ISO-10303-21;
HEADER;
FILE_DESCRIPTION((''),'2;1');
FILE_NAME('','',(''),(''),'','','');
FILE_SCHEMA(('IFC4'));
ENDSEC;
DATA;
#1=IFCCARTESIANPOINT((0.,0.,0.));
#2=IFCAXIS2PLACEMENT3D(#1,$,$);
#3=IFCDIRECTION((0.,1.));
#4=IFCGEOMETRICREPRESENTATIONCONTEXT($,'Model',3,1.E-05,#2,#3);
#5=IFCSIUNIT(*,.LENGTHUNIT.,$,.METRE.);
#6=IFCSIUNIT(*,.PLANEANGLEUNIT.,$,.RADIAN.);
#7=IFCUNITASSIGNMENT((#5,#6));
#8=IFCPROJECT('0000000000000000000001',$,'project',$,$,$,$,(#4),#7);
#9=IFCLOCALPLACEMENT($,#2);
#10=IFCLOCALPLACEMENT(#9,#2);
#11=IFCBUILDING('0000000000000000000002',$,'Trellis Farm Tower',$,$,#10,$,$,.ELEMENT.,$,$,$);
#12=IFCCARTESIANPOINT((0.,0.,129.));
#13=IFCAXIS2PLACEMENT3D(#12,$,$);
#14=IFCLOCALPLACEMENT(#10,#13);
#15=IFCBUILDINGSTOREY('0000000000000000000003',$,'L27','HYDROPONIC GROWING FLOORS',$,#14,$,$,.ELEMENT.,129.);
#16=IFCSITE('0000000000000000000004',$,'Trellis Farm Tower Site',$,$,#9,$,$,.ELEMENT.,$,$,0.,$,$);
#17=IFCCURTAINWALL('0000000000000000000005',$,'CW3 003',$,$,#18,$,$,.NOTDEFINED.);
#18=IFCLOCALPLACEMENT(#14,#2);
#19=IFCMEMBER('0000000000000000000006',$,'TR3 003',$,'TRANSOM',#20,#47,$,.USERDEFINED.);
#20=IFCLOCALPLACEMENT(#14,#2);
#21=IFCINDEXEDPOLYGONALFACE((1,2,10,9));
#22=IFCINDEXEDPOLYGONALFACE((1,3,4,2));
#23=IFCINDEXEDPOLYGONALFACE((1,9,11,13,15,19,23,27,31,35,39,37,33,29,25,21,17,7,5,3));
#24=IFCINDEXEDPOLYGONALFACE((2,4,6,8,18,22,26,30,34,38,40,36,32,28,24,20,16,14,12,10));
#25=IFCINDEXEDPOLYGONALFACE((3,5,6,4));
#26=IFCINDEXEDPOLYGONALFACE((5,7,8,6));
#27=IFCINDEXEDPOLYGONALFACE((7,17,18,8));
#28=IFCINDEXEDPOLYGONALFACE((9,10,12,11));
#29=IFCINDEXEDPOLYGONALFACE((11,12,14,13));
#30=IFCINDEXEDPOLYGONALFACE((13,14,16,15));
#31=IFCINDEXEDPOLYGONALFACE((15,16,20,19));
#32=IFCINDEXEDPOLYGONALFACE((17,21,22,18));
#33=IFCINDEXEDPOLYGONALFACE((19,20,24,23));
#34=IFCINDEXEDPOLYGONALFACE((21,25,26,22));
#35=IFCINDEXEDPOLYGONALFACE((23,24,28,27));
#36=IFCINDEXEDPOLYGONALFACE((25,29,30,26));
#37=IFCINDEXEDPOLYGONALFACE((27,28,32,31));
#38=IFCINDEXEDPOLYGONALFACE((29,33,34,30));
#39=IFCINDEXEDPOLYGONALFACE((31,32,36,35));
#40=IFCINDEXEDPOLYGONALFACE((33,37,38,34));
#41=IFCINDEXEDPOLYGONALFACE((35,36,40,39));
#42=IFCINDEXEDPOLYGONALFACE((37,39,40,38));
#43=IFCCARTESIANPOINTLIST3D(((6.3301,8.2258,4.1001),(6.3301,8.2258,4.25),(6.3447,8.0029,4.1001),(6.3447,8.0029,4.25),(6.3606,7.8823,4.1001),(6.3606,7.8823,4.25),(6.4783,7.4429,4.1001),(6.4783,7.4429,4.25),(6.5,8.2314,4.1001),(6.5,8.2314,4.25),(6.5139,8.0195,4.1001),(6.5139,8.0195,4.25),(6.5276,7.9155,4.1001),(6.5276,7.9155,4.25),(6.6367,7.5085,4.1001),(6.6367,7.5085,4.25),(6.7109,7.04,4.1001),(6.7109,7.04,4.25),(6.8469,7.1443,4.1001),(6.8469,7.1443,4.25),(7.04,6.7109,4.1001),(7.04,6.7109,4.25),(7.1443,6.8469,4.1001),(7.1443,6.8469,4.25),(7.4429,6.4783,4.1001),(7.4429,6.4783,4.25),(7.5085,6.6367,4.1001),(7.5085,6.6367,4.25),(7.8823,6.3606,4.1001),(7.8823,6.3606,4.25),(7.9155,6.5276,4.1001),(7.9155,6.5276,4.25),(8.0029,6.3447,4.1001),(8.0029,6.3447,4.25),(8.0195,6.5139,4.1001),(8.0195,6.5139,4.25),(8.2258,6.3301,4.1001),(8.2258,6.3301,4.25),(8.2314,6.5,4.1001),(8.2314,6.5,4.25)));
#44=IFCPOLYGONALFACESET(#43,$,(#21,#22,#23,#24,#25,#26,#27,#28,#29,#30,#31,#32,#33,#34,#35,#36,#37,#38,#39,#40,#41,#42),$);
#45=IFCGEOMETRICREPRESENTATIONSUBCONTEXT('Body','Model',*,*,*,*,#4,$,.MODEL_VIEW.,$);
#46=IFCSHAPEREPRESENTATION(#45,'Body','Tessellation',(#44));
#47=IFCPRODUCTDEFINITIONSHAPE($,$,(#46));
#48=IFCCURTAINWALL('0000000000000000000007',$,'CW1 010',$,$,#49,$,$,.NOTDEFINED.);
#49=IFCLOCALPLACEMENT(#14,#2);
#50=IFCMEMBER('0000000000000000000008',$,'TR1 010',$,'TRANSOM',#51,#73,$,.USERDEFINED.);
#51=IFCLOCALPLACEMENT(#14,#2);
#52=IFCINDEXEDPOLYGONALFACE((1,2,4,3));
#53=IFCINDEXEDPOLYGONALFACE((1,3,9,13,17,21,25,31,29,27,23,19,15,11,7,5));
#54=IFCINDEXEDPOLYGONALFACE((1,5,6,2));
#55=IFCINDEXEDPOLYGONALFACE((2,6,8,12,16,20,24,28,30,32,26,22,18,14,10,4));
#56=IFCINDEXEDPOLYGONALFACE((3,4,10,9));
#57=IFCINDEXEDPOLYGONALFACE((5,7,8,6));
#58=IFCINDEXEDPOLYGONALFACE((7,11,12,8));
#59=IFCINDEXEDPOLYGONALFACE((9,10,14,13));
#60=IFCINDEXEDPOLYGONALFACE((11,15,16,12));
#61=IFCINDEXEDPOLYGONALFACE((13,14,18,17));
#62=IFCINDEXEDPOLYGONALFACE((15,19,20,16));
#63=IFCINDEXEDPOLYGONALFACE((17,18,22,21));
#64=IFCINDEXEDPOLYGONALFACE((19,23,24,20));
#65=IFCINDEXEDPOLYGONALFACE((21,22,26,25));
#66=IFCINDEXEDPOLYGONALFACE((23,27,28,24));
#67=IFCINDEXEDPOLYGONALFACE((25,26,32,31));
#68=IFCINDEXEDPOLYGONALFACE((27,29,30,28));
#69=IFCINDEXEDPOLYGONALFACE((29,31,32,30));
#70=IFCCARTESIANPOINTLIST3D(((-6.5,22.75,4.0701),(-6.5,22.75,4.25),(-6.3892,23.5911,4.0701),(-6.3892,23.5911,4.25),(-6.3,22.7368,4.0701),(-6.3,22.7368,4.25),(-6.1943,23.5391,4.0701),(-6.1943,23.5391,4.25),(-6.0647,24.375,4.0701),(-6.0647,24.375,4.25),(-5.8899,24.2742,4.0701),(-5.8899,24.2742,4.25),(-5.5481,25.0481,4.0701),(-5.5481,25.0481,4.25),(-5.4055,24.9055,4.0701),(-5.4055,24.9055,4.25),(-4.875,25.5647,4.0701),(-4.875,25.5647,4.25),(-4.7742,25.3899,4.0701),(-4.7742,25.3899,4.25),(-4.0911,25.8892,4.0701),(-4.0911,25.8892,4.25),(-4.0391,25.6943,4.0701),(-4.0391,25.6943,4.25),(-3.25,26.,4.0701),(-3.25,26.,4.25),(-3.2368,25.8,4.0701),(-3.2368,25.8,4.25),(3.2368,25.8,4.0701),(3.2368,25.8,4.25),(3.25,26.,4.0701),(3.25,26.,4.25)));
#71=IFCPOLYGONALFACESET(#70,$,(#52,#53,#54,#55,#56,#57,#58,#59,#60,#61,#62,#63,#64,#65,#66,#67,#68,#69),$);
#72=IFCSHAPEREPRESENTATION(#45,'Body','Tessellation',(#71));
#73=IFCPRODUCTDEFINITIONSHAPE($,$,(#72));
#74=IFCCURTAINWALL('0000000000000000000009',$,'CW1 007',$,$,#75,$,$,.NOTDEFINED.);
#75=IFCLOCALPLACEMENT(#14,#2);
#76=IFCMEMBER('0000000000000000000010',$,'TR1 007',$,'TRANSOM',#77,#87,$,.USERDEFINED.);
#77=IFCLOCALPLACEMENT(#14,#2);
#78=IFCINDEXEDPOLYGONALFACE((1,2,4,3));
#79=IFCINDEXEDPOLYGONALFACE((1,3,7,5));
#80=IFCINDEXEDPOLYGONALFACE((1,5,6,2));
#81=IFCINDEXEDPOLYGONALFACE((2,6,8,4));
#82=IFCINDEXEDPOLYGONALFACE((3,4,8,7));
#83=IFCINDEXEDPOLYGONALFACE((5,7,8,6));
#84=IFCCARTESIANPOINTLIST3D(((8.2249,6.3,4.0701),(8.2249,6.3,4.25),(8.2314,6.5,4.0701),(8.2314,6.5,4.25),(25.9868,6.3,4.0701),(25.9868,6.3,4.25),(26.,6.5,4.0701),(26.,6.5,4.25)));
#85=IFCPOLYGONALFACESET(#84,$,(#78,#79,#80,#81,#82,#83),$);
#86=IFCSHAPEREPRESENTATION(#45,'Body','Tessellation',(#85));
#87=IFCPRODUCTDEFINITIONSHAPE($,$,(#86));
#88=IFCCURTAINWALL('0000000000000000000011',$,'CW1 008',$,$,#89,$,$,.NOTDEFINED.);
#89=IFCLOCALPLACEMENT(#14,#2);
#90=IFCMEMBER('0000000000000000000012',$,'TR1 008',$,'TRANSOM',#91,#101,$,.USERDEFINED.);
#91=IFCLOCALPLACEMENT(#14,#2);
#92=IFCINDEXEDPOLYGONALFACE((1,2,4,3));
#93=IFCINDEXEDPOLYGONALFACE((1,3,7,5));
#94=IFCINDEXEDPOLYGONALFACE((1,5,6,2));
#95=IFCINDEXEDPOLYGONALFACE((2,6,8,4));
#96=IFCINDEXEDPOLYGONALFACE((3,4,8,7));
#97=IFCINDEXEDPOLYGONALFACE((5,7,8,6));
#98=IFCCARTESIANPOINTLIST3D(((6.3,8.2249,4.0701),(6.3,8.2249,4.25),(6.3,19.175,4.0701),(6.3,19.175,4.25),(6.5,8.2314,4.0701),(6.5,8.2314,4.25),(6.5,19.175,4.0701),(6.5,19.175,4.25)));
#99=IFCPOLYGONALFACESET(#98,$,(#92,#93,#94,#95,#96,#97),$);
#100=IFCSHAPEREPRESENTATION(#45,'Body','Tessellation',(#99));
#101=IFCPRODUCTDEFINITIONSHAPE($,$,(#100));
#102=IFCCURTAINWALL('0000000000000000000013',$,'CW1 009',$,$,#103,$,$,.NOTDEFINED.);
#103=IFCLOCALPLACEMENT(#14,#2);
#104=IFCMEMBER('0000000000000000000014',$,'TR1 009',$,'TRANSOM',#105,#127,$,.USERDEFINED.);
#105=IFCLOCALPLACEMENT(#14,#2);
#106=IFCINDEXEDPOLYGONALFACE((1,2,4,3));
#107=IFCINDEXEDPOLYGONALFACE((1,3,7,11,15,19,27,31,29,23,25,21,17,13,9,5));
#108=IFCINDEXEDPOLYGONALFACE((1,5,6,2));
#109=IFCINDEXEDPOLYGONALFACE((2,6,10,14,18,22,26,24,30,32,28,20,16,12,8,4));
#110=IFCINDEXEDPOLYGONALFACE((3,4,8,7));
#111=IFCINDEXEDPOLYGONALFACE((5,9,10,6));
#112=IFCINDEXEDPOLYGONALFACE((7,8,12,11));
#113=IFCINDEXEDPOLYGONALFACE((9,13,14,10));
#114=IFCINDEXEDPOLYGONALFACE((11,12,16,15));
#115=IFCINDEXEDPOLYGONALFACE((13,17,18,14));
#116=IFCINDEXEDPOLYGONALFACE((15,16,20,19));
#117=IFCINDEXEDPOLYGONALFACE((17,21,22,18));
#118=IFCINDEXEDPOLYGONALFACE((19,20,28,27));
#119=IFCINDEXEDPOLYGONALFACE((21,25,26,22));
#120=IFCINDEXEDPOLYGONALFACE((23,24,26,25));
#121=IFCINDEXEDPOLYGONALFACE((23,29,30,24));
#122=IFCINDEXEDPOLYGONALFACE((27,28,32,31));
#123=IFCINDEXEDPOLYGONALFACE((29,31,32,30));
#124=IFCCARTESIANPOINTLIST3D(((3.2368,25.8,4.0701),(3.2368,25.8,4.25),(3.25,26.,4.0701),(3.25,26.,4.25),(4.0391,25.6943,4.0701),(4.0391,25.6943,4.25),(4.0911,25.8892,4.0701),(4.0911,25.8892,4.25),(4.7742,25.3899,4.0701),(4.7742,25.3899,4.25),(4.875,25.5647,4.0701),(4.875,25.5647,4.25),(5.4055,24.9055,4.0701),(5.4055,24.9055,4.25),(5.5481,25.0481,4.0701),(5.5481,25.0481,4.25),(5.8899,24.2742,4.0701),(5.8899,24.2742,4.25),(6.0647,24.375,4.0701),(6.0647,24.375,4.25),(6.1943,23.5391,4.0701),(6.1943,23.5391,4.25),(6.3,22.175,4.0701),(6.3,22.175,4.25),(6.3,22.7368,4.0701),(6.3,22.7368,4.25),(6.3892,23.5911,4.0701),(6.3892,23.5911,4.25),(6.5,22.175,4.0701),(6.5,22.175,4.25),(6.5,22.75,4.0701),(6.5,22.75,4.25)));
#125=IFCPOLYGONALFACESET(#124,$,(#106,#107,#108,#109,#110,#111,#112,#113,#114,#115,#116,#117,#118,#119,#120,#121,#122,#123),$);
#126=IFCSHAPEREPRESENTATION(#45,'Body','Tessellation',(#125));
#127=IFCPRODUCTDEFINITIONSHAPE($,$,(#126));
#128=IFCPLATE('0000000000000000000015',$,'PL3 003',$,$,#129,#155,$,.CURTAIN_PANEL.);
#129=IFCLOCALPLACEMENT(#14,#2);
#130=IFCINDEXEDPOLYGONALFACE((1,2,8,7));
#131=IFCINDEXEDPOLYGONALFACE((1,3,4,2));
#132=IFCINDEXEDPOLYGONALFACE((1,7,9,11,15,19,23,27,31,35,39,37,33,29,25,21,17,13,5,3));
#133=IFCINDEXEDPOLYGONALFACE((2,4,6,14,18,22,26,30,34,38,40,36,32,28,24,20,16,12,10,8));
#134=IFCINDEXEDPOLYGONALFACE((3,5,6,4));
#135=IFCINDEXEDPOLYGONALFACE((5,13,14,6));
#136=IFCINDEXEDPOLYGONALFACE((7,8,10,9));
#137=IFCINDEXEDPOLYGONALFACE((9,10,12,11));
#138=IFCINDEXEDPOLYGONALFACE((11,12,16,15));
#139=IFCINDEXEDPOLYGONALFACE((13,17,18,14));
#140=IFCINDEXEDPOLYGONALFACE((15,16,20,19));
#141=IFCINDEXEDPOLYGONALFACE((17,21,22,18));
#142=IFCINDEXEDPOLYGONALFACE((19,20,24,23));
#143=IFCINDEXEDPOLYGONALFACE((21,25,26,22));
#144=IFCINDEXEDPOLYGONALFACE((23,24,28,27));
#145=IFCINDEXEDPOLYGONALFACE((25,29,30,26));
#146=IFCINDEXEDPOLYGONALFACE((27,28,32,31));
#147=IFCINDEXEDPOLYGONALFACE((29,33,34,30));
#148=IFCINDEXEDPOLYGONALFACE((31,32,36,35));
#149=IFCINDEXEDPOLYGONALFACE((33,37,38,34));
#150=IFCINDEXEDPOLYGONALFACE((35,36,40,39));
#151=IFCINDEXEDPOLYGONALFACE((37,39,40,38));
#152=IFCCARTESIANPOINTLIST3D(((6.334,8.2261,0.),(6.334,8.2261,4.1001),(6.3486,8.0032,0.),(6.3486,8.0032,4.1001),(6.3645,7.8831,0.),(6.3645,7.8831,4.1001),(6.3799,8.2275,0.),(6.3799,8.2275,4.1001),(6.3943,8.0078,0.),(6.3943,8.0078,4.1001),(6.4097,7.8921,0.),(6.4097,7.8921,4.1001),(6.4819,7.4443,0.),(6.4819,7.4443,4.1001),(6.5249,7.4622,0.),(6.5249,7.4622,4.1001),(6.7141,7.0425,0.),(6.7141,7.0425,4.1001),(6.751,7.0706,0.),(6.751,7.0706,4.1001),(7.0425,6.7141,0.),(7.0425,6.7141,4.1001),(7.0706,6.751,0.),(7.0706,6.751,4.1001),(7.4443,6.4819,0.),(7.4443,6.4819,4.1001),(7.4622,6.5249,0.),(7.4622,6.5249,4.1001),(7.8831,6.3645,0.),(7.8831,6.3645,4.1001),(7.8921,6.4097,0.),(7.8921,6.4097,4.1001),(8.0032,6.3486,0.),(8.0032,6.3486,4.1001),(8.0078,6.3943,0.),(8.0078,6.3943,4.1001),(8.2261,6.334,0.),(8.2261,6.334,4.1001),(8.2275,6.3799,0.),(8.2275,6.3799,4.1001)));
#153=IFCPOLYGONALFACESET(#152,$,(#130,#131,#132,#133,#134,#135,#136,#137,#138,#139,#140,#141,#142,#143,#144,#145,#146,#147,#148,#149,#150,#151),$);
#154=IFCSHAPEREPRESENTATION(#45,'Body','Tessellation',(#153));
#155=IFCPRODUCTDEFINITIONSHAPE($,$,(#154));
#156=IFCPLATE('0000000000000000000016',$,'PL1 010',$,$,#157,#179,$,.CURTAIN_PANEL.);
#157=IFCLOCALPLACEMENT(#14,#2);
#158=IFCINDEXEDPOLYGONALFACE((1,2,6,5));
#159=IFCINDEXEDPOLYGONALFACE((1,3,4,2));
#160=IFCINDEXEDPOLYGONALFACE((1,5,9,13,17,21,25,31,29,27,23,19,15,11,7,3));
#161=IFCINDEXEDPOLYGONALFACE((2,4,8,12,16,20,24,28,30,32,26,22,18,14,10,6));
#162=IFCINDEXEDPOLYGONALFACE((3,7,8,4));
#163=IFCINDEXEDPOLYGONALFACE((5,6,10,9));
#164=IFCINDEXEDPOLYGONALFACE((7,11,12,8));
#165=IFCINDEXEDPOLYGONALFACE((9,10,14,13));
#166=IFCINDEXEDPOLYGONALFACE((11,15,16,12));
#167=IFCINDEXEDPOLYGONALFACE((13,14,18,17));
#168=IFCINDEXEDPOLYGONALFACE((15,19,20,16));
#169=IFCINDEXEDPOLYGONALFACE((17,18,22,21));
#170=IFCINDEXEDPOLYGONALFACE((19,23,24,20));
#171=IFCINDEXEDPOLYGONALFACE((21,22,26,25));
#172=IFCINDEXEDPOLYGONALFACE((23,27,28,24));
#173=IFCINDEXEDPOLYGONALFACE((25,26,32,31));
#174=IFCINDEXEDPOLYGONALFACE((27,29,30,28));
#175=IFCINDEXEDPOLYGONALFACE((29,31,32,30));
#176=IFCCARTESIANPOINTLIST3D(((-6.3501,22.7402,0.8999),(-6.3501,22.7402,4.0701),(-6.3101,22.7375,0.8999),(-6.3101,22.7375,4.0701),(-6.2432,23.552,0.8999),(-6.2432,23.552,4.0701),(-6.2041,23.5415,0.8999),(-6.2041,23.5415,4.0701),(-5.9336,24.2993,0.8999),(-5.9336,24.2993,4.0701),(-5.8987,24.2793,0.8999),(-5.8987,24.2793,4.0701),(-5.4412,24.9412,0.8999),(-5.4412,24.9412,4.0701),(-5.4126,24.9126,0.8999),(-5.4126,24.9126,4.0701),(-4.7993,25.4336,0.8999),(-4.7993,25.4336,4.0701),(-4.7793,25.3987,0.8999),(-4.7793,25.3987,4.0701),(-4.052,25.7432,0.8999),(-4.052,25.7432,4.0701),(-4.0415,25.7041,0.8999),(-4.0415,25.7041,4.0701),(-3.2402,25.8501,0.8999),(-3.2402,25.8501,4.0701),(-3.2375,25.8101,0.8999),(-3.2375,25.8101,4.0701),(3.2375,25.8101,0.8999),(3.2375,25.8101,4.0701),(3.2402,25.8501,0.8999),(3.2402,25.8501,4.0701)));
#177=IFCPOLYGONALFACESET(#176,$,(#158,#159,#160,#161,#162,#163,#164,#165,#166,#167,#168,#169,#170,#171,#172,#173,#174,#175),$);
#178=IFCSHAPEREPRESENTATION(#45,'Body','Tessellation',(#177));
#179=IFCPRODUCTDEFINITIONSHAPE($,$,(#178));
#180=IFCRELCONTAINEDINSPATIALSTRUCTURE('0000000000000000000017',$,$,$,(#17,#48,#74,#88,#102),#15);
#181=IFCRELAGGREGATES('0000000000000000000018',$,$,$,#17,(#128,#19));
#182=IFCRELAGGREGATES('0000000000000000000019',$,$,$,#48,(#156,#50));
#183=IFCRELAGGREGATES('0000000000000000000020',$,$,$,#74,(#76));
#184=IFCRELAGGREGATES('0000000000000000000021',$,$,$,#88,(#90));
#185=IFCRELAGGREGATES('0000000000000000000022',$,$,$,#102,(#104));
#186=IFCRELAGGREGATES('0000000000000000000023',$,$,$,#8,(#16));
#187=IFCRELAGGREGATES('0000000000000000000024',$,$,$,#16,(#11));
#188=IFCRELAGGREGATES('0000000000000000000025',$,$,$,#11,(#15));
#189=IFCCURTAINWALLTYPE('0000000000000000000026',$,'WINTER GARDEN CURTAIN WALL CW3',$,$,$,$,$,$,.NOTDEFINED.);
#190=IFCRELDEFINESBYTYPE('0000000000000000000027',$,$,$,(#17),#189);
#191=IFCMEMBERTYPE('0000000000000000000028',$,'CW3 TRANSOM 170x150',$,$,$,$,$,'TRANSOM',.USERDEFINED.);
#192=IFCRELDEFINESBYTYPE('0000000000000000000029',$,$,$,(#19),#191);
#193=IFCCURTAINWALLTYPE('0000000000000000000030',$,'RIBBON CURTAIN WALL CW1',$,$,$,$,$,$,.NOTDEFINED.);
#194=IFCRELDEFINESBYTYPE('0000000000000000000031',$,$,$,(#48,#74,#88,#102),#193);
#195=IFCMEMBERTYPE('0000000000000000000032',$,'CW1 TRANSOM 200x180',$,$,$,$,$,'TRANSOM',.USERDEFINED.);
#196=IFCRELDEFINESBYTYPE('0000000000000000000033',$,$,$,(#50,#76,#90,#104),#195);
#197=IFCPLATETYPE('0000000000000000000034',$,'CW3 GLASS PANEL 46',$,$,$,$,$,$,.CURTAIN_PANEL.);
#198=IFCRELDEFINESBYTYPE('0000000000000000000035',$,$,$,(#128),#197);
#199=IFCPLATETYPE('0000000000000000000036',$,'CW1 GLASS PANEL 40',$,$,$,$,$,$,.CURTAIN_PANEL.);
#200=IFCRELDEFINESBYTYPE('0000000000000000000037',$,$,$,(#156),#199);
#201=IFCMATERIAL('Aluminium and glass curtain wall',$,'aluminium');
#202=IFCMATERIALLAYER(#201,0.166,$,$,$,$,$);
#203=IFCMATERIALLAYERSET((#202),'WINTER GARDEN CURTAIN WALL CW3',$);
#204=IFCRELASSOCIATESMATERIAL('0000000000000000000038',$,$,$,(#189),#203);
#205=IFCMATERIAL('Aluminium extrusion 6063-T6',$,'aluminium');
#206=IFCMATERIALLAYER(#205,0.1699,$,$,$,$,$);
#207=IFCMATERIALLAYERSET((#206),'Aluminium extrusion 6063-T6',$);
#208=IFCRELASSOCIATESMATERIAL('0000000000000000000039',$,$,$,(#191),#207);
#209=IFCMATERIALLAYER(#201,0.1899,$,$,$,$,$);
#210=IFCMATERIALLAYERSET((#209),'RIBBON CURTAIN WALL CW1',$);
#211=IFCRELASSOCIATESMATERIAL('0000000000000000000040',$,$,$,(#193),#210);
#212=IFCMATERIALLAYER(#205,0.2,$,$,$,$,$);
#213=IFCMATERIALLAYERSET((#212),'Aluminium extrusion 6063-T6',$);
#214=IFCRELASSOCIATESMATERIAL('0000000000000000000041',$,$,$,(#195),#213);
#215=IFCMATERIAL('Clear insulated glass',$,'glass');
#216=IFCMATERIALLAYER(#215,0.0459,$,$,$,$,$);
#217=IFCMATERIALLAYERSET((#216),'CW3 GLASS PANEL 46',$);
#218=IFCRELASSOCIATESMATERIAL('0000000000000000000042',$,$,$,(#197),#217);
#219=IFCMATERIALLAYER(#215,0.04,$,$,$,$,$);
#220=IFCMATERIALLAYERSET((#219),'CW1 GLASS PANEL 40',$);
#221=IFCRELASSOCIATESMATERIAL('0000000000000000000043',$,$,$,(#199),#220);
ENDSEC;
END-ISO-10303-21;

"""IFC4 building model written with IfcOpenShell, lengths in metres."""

from ifc_helpers import new_model, si_unit, direction, frame, origin, place, context, subcontext, project, spatial, polyline, outline, extrude, source, transform, mapped, material, layer, layer_set, type_object, element, aggregate, save


model = new_model("IFC4")

# Units and contexts
model_context = context("Model", 3, precision=1e-05, world=origin(), true_north=direction((0.0, 1.0)))
body_context = subcontext(model_context, "Body", "Model", "MODEL_VIEW")
ifc_project = project(units=[si_unit("LENGTHUNIT", "METRE"), si_unit("PLANEANGLEUNIT", "RADIAN")], contexts=[model_context])

# Site, building, storey
site_placement = place(None, origin())
site = spatial("IfcSite", under=ifc_project, at=site_placement, Name="Trellis Farm Tower Site", CompositionType="ELEMENT", RefElevation=0.0)
building_placement = place(site_placement, origin())
building = spatial("IfcBuilding", under=site, at=building_placement, Name="Trellis Farm Tower", CompositionType="ELEMENT")
storey_placement = place(building_placement, frame((0.0, 0.0, 129.0)))
storey = spatial("IfcBuildingStorey", under=building, at=storey_placement, Name="L27", Description="HYDROPONIC GROWING FLOORS", CompositionType="ELEMENT", Elevation=129.0)

# Curtain walls, members
ifc_material_1 = material(Name="Aluminium and glass curtain wall", Category="aluminium")
ifc_layer_1 = layer(ifc_material_1, 0.166)
ifc_layer_set_1 = layer_set([ifc_layer_1], Name="WINTER GARDEN CURTAIN WALL CW3")
curtain_wall_type_1 = type_object("IfcCurtainWallType", Name="WINTER GARDEN CURTAIN WALL CW3", PredefinedType="NOTDEFINED", material=ifc_layer_set_1)
placement_1 = place(storey_placement, origin())
curtain_wall_1 = element("IfcCurtainWall", 1, at=placement_1, inside=storey, type_object=curtain_wall_type_1, Name="CW3 003", PredefinedType="NOTDEFINED")
ifc_material_2 = material(Name="Aluminium extrusion 6063-T6", Category="aluminium")
ifc_layer_2 = layer(ifc_material_2, 0.1699)
ifc_layer_set_2 = layer_set([ifc_layer_2], Name="Aluminium extrusion 6063-T6")
member_type_1 = type_object("IfcMemberType", Name="CW3 TRANSOM 170x150", ElementType="TRANSOM", PredefinedType="USERDEFINED", material=ifc_layer_set_2)
shared_shape_1 = source(origin(), body_context, "Body", "SweptSolid", [
    extrude(outline(polyline([(8.2314, 6.5), (8.0195, 6.5139), (7.9155, 6.5276), (7.5085, 6.6367), (7.1443, 6.8469), (6.8469, 7.1443), (6.6367, 7.5085), (6.5276, 7.9155), (6.5139, 8.0195), (6.5, 8.2314), (6.3301, 8.2258), (6.3447, 8.0029), (6.3606, 7.8823), (6.4783, 7.4429), (6.7109, 7.04), (7.04, 6.7109), (7.4429, 6.4783), (7.8823, 6.3606), (8.0029, 6.3447), (8.2258, 6.3301), (8.2314, 6.5)])), origin(), (0.0, 0.0, 1.0), 0.1499),
])
member_1_placement = place(storey_placement, frame((0.0, 0.0, 4.1001)))
member_1 = element("IfcMember", 2, at=member_1_placement, type_object=member_type_1, Name="TR3 003", ObjectType="TRANSOM", PredefinedType="USERDEFINED", context=body_context, shape_type="MappedRepresentation", body=[
    mapped(shared_shape_1, transform((0.0, 0.0, 0.0))),
])
ifc_layer_3 = layer(ifc_material_1, 0.1899)
ifc_layer_set_3 = layer_set([ifc_layer_3], Name="RIBBON CURTAIN WALL CW1")
curtain_wall_type_2 = type_object("IfcCurtainWallType", Name="RIBBON CURTAIN WALL CW1", PredefinedType="NOTDEFINED", material=ifc_layer_set_3)
curtain_wall_2 = element("IfcCurtainWall", 3, at=placement_1, inside=storey, type_object=curtain_wall_type_2, Name="CW1 010", PredefinedType="NOTDEFINED")
ifc_layer_4 = layer(ifc_material_2, 0.2)
ifc_layer_set_4 = layer_set([ifc_layer_4], Name="Aluminium extrusion 6063-T6")
member_type_2 = type_object("IfcMemberType", Name="CW1 TRANSOM 200x180", ElementType="TRANSOM", PredefinedType="USERDEFINED", material=ifc_layer_set_4)
shared_shape_2 = source(origin(), body_context, "Body", "SweptSolid", [
    extrude(outline(polyline([(3.25, 26.0), (-3.25, 26.0), (-4.0911, 25.8892), (-4.875, 25.5647), (-5.5481, 25.0481), (-6.0647, 24.375), (-6.3892, 23.5911), (-6.5, 22.75), (-6.3, 22.7368), (-6.1943, 23.5391), (-5.8899, 24.2742), (-5.4055, 24.9055), (-4.7742, 25.3899), (-4.0391, 25.6943), (-3.2368, 25.8), (3.2368, 25.8), (3.25, 26.0)])), origin(), (0.0, 0.0, 1.0), 0.1799),
])
placement_2 = place(storey_placement, frame((0.0, 0.0, 4.0701)))
member_2 = element("IfcMember", 4, at=placement_2, type_object=member_type_2, Name="TR1 010", ObjectType="TRANSOM", PredefinedType="USERDEFINED", context=body_context, shape_type="MappedRepresentation", body=[
    mapped(shared_shape_2, transform((0.0, 0.0, 0.0))),
])
curtain_wall_3 = element("IfcCurtainWall", 5, at=placement_1, inside=storey, type_object=curtain_wall_type_2, Name="CW1 007", PredefinedType="NOTDEFINED")
shared_shape_3 = source(origin(), body_context, "Body", "SweptSolid", [
    extrude(outline(polyline([(26.0, 6.5), (8.2314, 6.5), (8.2249, 6.3), (25.9868, 6.3), (26.0, 6.5)])), origin(), (0.0, 0.0, 1.0), 0.1799),
])
member_3 = element("IfcMember", 6, at=placement_2, type_object=member_type_2, Name="TR1 007", ObjectType="TRANSOM", PredefinedType="USERDEFINED", context=body_context, shape_type="MappedRepresentation", body=[
    mapped(shared_shape_3, transform((0.0, 0.0, 0.0))),
])
curtain_wall_4 = element("IfcCurtainWall", 7, at=placement_1, inside=storey, type_object=curtain_wall_type_2, Name="CW1 008", PredefinedType="NOTDEFINED")
shared_shape_4 = source(origin(), body_context, "Body", "SweptSolid", [
    extrude(outline(polyline([(6.5, 8.2314), (6.5, 19.175), (6.3, 19.175), (6.3, 8.2249), (6.5, 8.2314)])), origin(), (0.0, 0.0, 1.0), 0.1799),
])
member_4 = element("IfcMember", 8, at=placement_2, type_object=member_type_2, Name="TR1 008", ObjectType="TRANSOM", PredefinedType="USERDEFINED", context=body_context, shape_type="MappedRepresentation", body=[
    mapped(shared_shape_4, transform((0.0, 0.0, 0.0))),
])
curtain_wall_5 = element("IfcCurtainWall", 9, at=placement_1, inside=storey, type_object=curtain_wall_type_2, Name="CW1 009", PredefinedType="NOTDEFINED")
shared_shape_5 = source(origin(), body_context, "Body", "SweptSolid", [
    extrude(outline(polyline([(6.5, 22.175), (6.5, 22.75), (6.3892, 23.5911), (6.0647, 24.375), (5.5481, 25.0481), (4.875, 25.5647), (4.0911, 25.8892), (3.25, 26.0), (3.2368, 25.8), (4.0391, 25.6943), (4.7742, 25.3899), (5.4055, 24.9055), (5.8899, 24.2742), (6.1943, 23.5391), (6.3, 22.7368), (6.3, 22.175), (6.5, 22.175)])), origin(), (0.0, 0.0, 1.0), 0.1799),
])
member_5 = element("IfcMember", 10, at=placement_2, type_object=member_type_2, Name="TR1 009", ObjectType="TRANSOM", PredefinedType="USERDEFINED", context=body_context, shape_type="MappedRepresentation", body=[
    mapped(shared_shape_5, transform((0.0, 0.0, 0.0))),
])

# Plates
ifc_material_3 = material(Name="Clear insulated glass", Category="glass")
ifc_layer_5 = layer(ifc_material_3, 0.0459)
ifc_layer_set_5 = layer_set([ifc_layer_5], Name="CW3 GLASS PANEL 46")
plate_type_1 = type_object("IfcPlateType", Name="CW3 GLASS PANEL 46", PredefinedType="CURTAIN_PANEL", material=ifc_layer_set_5)
shared_shape_6 = source(origin(), body_context, "Body", "SweptSolid", [
    extrude(outline(polyline([(8.2275, 6.3799), (8.0078, 6.3943), (7.8921, 6.4097), (7.4622, 6.5249), (7.0706, 6.751), (6.751, 7.0706), (6.5249, 7.4622), (6.4097, 7.8921), (6.3943, 8.0078), (6.3799, 8.2275), (6.334, 8.2261), (6.3486, 8.0032), (6.3645, 7.8831), (6.4819, 7.4443), (6.7141, 7.0425), (7.0425, 6.7141), (7.4443, 6.4819), (7.8831, 6.3645), (8.0032, 6.3486), (8.2261, 6.334), (8.2275, 6.3799)])), origin(), (0.0, 0.0, 1.0), 4.1001),
])
plate_1 = element("IfcPlate", 11, at=placement_1, type_object=plate_type_1, Name="PL3 003", PredefinedType="CURTAIN_PANEL", context=body_context, shape_type="MappedRepresentation", body=[
    mapped(shared_shape_6, transform((0.0, 0.0, 0.0))),
])
aggregate(curtain_wall_1, [plate_1, member_1])
ifc_layer_6 = layer(ifc_material_3, 0.04)
ifc_layer_set_6 = layer_set([ifc_layer_6], Name="CW1 GLASS PANEL 40")
plate_type_2 = type_object("IfcPlateType", Name="CW1 GLASS PANEL 40", PredefinedType="CURTAIN_PANEL", material=ifc_layer_set_6)
shared_shape_7 = source(origin(), body_context, "Body", "SweptSolid", [
    extrude(outline(polyline([(3.2402, 25.8501), (-3.2402, 25.8501), (-4.052, 25.7432), (-4.7993, 25.4336), (-5.4412, 24.9412), (-5.9336, 24.2993), (-6.2432, 23.552), (-6.3501, 22.7402), (-6.3101, 22.7375), (-6.2041, 23.5415), (-5.8987, 24.2793), (-5.4126, 24.9126), (-4.7793, 25.3987), (-4.0415, 25.7041), (-3.2375, 25.8101), (3.2375, 25.8101), (3.2402, 25.8501)])), origin(), (0.0, 0.0, 1.0), 3.1702),
])
placement_3 = place(storey_placement, frame((0.0, 0.0, 0.8999)))
plate_2 = element("IfcPlate", 12, at=placement_3, type_object=plate_type_2, Name="PL1 010", PredefinedType="CURTAIN_PANEL", context=body_context, shape_type="MappedRepresentation", body=[
    mapped(shared_shape_7, transform((0.0, 0.0, 0.0))),
])
aggregate(curtain_wall_2, [plate_2, member_2])
aggregate(curtain_wall_3, [member_3])
aggregate(curtain_wall_4, [member_4])
aggregate(curtain_wall_5, [member_5])

save(model, "model.ifc")
